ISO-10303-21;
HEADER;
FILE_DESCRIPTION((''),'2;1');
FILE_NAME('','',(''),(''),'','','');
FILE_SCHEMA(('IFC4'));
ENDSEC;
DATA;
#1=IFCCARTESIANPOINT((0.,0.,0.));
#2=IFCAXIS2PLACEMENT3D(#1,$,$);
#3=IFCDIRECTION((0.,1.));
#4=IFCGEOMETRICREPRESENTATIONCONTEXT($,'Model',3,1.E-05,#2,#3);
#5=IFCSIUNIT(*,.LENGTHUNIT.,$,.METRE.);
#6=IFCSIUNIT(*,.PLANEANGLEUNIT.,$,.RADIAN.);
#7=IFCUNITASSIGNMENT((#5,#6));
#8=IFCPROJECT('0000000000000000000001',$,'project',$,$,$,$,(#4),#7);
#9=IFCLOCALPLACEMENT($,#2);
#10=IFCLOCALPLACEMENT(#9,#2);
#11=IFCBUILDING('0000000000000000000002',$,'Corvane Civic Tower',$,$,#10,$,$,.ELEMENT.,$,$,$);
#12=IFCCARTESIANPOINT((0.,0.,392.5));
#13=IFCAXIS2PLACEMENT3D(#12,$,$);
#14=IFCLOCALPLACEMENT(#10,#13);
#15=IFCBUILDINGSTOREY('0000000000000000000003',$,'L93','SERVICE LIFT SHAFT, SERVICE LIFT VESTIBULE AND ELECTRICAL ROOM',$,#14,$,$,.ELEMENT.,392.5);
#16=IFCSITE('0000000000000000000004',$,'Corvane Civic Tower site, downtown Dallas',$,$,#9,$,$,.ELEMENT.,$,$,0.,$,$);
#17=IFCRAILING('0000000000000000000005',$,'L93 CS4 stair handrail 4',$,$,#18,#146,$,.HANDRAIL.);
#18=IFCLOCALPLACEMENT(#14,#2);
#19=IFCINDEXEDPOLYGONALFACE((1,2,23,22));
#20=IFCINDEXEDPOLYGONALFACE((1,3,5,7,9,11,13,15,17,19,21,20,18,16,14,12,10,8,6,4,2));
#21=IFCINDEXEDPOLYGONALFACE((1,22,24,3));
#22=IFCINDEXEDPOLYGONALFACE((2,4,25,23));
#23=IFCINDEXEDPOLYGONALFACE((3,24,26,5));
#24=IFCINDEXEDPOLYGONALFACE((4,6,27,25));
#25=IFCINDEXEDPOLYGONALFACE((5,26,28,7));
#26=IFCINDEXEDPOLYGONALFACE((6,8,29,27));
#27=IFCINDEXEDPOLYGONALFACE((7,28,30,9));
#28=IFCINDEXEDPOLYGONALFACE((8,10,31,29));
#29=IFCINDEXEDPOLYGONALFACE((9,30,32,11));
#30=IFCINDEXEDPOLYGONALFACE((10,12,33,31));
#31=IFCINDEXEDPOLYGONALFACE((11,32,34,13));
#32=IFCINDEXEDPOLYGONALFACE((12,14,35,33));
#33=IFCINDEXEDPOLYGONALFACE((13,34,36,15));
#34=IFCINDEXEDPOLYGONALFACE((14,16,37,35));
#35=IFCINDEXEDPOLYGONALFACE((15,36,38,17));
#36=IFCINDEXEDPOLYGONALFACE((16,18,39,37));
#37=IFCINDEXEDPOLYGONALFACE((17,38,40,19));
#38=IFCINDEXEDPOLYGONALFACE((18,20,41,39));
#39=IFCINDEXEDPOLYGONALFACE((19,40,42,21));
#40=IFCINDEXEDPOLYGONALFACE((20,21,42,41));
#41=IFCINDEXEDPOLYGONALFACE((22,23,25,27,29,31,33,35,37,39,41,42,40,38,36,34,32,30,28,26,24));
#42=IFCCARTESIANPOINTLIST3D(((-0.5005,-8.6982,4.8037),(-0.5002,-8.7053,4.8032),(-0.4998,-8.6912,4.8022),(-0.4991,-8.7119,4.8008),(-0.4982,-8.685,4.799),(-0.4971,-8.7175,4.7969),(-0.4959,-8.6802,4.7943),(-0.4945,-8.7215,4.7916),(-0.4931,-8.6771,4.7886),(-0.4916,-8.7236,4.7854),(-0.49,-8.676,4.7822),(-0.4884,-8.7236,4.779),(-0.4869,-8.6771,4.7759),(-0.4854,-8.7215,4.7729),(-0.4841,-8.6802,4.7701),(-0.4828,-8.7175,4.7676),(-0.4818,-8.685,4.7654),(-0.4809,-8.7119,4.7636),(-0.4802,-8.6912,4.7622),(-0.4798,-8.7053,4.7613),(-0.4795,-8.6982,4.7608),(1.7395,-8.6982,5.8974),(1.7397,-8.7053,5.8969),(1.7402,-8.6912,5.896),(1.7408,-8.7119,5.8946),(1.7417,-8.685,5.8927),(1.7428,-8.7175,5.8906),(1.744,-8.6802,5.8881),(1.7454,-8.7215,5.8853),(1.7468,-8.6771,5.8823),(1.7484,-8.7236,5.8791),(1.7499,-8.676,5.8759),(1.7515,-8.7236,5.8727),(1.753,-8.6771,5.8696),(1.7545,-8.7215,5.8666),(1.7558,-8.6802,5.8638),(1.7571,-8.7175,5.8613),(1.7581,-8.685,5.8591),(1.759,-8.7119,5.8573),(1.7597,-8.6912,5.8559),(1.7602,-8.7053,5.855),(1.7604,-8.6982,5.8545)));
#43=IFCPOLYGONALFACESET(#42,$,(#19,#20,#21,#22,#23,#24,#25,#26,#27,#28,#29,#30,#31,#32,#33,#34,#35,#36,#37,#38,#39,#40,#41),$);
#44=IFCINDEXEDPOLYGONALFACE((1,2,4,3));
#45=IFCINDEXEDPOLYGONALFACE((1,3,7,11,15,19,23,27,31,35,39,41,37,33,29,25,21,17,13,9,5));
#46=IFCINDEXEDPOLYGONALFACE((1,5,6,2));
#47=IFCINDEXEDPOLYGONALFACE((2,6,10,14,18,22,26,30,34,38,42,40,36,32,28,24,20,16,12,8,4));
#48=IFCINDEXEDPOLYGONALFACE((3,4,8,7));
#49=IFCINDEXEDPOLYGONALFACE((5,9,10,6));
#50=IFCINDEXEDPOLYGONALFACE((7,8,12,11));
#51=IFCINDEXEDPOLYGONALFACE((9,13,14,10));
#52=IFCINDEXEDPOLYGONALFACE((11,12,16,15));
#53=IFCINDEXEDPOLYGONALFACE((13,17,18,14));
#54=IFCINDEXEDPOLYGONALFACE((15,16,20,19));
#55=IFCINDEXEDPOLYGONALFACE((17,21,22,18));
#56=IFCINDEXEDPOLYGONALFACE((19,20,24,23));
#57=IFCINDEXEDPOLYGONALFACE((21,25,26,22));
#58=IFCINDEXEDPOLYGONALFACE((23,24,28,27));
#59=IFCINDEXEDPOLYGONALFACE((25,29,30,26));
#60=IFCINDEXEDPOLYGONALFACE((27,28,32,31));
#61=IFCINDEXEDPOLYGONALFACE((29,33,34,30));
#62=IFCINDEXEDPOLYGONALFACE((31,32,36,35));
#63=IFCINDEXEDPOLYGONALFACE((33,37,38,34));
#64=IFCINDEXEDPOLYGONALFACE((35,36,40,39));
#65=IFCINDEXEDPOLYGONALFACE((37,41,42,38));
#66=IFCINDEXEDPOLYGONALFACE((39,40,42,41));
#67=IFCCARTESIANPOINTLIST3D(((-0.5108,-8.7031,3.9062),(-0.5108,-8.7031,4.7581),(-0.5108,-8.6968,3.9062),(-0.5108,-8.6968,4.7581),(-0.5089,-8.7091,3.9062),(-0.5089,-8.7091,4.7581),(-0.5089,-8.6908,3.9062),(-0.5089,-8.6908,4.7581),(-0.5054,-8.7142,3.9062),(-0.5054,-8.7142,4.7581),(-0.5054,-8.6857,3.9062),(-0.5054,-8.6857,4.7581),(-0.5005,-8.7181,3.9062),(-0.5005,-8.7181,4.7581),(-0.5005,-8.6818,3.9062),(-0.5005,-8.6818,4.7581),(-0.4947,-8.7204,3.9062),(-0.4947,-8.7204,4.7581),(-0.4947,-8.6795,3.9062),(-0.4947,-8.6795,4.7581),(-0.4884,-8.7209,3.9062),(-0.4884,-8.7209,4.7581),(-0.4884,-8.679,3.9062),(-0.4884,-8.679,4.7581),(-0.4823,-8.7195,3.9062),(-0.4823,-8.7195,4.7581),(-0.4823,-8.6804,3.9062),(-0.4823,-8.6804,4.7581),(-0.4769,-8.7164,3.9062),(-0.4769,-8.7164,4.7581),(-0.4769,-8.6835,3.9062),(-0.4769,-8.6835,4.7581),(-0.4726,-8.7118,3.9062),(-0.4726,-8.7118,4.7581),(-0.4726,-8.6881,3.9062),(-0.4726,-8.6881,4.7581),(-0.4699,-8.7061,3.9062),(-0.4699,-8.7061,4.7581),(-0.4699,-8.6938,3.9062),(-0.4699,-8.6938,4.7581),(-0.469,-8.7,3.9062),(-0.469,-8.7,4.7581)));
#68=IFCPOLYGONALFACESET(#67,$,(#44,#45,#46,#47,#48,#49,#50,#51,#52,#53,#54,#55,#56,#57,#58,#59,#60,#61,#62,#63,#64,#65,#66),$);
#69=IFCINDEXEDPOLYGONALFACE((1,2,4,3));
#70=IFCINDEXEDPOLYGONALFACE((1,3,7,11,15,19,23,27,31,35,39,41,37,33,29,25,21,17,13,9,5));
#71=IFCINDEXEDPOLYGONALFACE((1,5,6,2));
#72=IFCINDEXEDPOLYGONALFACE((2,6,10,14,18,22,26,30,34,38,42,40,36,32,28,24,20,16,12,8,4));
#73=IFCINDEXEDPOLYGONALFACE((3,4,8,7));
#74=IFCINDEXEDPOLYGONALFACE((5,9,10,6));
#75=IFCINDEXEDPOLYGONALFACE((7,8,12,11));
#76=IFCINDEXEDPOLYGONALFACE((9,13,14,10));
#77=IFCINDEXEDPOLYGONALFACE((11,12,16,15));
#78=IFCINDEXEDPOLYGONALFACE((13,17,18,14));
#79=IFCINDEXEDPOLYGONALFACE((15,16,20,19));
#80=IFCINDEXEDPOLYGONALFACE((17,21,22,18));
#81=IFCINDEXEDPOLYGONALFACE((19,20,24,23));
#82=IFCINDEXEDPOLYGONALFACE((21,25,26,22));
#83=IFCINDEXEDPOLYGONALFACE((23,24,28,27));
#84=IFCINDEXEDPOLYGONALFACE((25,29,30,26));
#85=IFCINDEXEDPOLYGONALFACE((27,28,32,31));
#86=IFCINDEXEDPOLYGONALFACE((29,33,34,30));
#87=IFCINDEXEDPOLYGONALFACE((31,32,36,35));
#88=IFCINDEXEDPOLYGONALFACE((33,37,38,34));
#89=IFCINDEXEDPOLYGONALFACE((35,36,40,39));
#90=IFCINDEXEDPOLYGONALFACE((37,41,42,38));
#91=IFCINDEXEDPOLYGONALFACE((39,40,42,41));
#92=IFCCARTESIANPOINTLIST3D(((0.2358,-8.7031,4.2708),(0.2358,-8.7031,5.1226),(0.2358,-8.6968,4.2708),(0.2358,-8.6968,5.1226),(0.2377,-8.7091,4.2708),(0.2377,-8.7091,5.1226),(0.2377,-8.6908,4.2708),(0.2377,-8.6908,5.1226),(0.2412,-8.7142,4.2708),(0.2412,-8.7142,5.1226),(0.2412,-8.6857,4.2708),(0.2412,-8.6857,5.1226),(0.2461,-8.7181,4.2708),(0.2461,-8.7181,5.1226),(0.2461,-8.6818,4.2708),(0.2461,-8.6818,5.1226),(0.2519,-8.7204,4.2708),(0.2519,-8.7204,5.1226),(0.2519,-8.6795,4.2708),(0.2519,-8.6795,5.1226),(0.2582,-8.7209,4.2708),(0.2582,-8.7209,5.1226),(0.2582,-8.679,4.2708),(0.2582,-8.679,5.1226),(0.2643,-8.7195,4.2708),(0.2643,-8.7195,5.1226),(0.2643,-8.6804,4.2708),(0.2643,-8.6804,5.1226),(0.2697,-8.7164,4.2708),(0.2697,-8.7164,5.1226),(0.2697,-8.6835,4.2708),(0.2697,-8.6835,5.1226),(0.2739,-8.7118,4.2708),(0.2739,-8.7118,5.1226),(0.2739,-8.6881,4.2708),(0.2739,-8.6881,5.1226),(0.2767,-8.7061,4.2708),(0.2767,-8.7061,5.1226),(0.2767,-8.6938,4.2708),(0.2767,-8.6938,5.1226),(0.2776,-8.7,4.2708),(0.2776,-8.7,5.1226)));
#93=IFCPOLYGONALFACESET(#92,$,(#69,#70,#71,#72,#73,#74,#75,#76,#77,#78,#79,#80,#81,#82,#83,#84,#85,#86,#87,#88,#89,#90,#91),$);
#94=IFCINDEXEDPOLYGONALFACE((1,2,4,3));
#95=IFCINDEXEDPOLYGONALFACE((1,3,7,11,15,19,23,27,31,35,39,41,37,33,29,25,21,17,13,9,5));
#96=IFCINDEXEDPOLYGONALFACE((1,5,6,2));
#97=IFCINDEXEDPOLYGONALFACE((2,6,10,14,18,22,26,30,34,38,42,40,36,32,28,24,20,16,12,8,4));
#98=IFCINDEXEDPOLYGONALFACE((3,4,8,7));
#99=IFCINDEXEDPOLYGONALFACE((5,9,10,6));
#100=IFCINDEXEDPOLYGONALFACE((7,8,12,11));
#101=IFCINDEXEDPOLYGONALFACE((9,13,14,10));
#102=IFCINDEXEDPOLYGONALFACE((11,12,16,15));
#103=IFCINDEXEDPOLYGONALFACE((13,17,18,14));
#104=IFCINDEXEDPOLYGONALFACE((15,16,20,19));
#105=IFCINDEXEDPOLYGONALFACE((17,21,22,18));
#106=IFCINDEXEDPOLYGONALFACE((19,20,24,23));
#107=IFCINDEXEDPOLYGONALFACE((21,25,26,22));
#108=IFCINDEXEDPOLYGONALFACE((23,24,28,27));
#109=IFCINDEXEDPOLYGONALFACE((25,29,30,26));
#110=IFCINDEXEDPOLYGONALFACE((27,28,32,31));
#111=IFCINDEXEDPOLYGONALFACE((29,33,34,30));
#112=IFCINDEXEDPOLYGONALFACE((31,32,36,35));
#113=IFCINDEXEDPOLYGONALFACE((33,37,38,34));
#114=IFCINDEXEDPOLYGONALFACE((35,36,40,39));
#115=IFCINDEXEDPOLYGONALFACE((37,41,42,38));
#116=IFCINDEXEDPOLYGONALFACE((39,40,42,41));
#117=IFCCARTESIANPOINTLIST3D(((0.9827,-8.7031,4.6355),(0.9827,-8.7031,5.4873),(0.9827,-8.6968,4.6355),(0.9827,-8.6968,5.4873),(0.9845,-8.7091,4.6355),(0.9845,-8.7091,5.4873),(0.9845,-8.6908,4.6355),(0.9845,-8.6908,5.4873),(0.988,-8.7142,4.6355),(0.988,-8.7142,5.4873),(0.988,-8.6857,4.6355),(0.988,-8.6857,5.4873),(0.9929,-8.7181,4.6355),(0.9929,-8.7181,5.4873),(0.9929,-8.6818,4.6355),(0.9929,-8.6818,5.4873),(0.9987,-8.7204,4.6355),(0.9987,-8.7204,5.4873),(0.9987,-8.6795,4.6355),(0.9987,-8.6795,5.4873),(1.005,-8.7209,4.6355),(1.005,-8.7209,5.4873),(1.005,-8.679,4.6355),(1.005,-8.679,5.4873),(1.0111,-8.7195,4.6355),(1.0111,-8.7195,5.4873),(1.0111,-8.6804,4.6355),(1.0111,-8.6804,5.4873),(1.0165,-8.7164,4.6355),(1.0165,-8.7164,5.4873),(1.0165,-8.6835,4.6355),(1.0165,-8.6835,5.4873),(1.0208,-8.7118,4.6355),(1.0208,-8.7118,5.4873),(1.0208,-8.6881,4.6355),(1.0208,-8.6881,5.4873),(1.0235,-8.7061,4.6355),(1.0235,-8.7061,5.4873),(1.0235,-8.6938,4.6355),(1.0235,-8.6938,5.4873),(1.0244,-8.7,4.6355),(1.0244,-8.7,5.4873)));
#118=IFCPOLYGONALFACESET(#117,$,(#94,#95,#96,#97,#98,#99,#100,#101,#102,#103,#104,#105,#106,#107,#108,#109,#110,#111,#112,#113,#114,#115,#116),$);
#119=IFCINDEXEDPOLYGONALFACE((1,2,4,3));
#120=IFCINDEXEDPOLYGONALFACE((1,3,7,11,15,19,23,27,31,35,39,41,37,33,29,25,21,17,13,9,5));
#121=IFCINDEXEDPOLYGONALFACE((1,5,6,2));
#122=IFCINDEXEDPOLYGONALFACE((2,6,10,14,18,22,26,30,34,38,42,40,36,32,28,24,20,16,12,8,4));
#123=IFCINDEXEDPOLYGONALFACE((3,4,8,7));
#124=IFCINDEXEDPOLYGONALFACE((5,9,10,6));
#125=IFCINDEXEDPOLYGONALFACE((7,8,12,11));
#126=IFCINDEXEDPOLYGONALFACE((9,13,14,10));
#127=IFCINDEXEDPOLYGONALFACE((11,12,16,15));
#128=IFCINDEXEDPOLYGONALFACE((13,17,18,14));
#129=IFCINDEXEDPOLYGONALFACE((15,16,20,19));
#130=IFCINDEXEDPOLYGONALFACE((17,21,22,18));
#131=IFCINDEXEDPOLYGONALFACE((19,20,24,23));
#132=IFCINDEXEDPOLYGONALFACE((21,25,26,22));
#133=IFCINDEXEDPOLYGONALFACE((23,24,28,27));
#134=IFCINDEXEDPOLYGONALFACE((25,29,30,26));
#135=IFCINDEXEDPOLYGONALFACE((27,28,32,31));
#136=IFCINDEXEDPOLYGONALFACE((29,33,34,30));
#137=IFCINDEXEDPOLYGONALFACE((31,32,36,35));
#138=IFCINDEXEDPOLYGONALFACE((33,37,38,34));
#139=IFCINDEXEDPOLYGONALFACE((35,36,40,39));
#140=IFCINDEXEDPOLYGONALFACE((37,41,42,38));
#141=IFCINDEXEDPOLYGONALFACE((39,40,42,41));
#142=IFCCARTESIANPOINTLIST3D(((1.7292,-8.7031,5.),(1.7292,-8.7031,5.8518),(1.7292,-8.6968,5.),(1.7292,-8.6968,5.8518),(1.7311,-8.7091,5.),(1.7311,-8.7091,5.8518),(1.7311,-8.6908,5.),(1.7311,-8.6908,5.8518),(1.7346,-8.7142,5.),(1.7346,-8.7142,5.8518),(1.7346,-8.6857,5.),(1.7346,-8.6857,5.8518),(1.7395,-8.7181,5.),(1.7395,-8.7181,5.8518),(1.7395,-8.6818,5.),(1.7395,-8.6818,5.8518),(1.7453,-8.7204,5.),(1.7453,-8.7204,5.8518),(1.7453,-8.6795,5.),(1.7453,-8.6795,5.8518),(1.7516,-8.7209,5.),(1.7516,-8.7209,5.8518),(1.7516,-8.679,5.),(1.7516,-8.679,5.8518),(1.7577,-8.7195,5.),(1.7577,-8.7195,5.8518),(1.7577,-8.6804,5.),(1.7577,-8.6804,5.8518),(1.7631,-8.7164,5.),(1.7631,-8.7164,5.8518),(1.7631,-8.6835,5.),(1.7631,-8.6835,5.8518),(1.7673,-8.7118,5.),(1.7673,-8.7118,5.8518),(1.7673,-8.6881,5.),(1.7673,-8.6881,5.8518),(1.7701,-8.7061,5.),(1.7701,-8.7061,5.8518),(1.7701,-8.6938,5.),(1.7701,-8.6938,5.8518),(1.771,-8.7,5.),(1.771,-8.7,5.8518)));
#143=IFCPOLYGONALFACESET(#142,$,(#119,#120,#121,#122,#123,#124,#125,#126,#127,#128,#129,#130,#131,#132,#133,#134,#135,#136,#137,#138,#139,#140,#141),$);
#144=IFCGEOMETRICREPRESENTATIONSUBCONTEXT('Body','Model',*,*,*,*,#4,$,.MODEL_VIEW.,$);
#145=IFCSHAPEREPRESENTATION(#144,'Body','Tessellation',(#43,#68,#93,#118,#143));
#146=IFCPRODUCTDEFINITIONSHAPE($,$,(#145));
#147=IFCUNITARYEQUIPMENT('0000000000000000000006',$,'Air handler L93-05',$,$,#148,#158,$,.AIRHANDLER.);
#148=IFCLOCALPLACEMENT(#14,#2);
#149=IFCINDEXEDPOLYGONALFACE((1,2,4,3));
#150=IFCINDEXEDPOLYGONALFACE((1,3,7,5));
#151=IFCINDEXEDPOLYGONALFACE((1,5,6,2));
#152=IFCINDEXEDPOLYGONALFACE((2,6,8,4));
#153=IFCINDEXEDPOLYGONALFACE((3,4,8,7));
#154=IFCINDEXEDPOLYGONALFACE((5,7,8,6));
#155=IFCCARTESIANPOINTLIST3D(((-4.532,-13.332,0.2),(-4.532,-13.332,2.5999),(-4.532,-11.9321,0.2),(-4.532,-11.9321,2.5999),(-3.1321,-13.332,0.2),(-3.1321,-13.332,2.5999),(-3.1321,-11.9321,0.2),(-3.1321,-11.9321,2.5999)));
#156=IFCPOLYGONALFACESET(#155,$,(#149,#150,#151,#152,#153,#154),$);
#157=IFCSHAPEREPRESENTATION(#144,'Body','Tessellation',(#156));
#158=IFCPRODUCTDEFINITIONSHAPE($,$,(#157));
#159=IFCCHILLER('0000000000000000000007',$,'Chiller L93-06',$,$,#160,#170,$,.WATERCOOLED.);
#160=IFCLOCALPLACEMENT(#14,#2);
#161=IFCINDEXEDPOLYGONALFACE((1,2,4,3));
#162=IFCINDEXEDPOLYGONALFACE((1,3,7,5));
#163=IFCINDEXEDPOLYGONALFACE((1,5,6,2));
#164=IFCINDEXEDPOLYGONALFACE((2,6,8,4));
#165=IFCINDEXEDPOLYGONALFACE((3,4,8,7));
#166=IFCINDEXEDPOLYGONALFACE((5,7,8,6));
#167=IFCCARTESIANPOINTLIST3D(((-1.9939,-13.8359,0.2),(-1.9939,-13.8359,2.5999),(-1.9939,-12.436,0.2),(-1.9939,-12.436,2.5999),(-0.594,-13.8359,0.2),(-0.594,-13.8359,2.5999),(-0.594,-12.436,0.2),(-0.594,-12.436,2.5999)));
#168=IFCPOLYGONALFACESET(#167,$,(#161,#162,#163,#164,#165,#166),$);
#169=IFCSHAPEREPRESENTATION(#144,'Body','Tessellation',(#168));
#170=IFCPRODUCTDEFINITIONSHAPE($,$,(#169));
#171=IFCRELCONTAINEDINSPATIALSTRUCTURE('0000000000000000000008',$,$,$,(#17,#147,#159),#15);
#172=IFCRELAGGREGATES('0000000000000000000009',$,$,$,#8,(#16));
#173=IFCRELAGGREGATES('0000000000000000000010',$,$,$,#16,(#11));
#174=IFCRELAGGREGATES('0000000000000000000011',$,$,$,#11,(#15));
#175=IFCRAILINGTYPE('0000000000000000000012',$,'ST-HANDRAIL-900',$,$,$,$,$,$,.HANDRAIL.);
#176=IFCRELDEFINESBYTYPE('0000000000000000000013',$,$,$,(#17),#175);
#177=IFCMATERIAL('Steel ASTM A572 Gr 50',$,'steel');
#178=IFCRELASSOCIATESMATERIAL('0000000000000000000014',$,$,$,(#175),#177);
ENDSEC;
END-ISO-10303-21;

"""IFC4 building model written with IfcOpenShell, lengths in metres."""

from ifc_helpers import new_model, si_unit, direction, frame, origin, origin_2d, place, context, subcontext, project, spatial, rectangle, circle, extrude, material, type_object, element, save


model = new_model("IFC4")

# Units and contexts
model_context = context("Model", 3, precision=1e-05, world=origin(), true_north=direction((0.0, 1.0)))
body_context = subcontext(model_context, "Body", "Model", "MODEL_VIEW")
ifc_project = project(units=[si_unit("LENGTHUNIT", "METRE"), si_unit("PLANEANGLEUNIT", "RADIAN")], contexts=[model_context])

# Site, building, storey
site_placement = place(None, origin())
site = spatial("IfcSite", under=ifc_project, at=site_placement, Name="Corvane Civic Tower site, downtown Dallas", CompositionType="ELEMENT", RefElevation=0.0)
building_placement = place(site_placement, origin())
building = spatial("IfcBuilding", under=site, at=building_placement, Name="Corvane Civic Tower", CompositionType="ELEMENT")
storey_placement = place(building_placement, frame((0.0, 0.0, 392.5)))
storey = spatial("IfcBuildingStorey", under=building, at=storey_placement, Name="L93", Description="SERVICE LIFT SHAFT, SERVICE LIFT VESTIBULE AND ELECTRICAL ROOM", CompositionType="ELEMENT", Elevation=392.5)

# Railing
ifc_material_1 = material(Name="Steel ASTM A572 Gr 50", Category="steel")
railing_type = type_object("IfcRailingType", Name="ST-HANDRAIL-900", PredefinedType="HANDRAIL", material=ifc_material_1)
for number, where, name in (
    (1, (-0.49, -8.7, 3.9062), "L93 CS4 stair handrail 4"),
):
    element("IfcRailing", number, at=place(storey_placement, frame(where)), inside=storey, type_object=railing_type, Name=name, PredefinedType="HANDRAIL", context=body_context, shape_type="SweptSolid", body=[
        extrude(circle(Radius=0.0239, at=origin_2d()), frame((0.0, 0.0, 0.876), z_axis=(0.898599, 0.0, 0.438771), x_axis=(0.0, 1.0, 0.0)), (0.0, 0.0, 1.0), 2.4927),
        extrude(circle(Radius=0.021, at=origin_2d()), origin(), (0.0, 0.0, 1.0), 0.8518),
        extrude(circle(Radius=0.021, at=origin_2d()), frame((0.7466, 0.0, 0.3645)), (0.0, 0.0, 1.0), 0.8518),
        extrude(circle(Radius=0.021, at=origin_2d()), frame((1.4934, 0.0, 0.7292)), (0.0, 0.0, 1.0), 0.8518),
        extrude(circle(Radius=0.021, at=origin_2d()), frame((2.24, 0.0, 1.0938)), (0.0, 0.0, 1.0), 0.8518),
    ])

# Unitary equipment
unitary_equipment_placement = place(storey_placement, frame((-3.832, -12.6321, 0.2), z_axis=(0.0, 0.0, 1.0), x_axis=(1.0, 0.0, 0.0)))
element("IfcUnitaryEquipment", 2, at=unitary_equipment_placement, inside=storey, Name="Air handler L93-05", PredefinedType="AIRHANDLER", context=body_context, shape_type="SweptSolid", body=[
    extrude(rectangle(XDim=1.3999, YDim=1.3999, at=origin_2d()), origin(), (0.0, 0.0, 1.0), 2.3999),
])

# Chiller
chiller_placement = place(storey_placement, frame((-1.2939, -13.136, 0.2), z_axis=(0.0, 0.0, 1.0), x_axis=(1.0, 0.0, 0.0)))
element("IfcChiller", 3, at=chiller_placement, inside=storey, Name="Chiller L93-06", PredefinedType="WATERCOOLED", context=body_context, shape_type="SweptSolid", body=[
    extrude(rectangle(XDim=1.3999, YDim=1.3999, at=origin_2d()), origin(), (0.0, 0.0, 1.0), 2.3999),
])

save(model, "model.ifc")
